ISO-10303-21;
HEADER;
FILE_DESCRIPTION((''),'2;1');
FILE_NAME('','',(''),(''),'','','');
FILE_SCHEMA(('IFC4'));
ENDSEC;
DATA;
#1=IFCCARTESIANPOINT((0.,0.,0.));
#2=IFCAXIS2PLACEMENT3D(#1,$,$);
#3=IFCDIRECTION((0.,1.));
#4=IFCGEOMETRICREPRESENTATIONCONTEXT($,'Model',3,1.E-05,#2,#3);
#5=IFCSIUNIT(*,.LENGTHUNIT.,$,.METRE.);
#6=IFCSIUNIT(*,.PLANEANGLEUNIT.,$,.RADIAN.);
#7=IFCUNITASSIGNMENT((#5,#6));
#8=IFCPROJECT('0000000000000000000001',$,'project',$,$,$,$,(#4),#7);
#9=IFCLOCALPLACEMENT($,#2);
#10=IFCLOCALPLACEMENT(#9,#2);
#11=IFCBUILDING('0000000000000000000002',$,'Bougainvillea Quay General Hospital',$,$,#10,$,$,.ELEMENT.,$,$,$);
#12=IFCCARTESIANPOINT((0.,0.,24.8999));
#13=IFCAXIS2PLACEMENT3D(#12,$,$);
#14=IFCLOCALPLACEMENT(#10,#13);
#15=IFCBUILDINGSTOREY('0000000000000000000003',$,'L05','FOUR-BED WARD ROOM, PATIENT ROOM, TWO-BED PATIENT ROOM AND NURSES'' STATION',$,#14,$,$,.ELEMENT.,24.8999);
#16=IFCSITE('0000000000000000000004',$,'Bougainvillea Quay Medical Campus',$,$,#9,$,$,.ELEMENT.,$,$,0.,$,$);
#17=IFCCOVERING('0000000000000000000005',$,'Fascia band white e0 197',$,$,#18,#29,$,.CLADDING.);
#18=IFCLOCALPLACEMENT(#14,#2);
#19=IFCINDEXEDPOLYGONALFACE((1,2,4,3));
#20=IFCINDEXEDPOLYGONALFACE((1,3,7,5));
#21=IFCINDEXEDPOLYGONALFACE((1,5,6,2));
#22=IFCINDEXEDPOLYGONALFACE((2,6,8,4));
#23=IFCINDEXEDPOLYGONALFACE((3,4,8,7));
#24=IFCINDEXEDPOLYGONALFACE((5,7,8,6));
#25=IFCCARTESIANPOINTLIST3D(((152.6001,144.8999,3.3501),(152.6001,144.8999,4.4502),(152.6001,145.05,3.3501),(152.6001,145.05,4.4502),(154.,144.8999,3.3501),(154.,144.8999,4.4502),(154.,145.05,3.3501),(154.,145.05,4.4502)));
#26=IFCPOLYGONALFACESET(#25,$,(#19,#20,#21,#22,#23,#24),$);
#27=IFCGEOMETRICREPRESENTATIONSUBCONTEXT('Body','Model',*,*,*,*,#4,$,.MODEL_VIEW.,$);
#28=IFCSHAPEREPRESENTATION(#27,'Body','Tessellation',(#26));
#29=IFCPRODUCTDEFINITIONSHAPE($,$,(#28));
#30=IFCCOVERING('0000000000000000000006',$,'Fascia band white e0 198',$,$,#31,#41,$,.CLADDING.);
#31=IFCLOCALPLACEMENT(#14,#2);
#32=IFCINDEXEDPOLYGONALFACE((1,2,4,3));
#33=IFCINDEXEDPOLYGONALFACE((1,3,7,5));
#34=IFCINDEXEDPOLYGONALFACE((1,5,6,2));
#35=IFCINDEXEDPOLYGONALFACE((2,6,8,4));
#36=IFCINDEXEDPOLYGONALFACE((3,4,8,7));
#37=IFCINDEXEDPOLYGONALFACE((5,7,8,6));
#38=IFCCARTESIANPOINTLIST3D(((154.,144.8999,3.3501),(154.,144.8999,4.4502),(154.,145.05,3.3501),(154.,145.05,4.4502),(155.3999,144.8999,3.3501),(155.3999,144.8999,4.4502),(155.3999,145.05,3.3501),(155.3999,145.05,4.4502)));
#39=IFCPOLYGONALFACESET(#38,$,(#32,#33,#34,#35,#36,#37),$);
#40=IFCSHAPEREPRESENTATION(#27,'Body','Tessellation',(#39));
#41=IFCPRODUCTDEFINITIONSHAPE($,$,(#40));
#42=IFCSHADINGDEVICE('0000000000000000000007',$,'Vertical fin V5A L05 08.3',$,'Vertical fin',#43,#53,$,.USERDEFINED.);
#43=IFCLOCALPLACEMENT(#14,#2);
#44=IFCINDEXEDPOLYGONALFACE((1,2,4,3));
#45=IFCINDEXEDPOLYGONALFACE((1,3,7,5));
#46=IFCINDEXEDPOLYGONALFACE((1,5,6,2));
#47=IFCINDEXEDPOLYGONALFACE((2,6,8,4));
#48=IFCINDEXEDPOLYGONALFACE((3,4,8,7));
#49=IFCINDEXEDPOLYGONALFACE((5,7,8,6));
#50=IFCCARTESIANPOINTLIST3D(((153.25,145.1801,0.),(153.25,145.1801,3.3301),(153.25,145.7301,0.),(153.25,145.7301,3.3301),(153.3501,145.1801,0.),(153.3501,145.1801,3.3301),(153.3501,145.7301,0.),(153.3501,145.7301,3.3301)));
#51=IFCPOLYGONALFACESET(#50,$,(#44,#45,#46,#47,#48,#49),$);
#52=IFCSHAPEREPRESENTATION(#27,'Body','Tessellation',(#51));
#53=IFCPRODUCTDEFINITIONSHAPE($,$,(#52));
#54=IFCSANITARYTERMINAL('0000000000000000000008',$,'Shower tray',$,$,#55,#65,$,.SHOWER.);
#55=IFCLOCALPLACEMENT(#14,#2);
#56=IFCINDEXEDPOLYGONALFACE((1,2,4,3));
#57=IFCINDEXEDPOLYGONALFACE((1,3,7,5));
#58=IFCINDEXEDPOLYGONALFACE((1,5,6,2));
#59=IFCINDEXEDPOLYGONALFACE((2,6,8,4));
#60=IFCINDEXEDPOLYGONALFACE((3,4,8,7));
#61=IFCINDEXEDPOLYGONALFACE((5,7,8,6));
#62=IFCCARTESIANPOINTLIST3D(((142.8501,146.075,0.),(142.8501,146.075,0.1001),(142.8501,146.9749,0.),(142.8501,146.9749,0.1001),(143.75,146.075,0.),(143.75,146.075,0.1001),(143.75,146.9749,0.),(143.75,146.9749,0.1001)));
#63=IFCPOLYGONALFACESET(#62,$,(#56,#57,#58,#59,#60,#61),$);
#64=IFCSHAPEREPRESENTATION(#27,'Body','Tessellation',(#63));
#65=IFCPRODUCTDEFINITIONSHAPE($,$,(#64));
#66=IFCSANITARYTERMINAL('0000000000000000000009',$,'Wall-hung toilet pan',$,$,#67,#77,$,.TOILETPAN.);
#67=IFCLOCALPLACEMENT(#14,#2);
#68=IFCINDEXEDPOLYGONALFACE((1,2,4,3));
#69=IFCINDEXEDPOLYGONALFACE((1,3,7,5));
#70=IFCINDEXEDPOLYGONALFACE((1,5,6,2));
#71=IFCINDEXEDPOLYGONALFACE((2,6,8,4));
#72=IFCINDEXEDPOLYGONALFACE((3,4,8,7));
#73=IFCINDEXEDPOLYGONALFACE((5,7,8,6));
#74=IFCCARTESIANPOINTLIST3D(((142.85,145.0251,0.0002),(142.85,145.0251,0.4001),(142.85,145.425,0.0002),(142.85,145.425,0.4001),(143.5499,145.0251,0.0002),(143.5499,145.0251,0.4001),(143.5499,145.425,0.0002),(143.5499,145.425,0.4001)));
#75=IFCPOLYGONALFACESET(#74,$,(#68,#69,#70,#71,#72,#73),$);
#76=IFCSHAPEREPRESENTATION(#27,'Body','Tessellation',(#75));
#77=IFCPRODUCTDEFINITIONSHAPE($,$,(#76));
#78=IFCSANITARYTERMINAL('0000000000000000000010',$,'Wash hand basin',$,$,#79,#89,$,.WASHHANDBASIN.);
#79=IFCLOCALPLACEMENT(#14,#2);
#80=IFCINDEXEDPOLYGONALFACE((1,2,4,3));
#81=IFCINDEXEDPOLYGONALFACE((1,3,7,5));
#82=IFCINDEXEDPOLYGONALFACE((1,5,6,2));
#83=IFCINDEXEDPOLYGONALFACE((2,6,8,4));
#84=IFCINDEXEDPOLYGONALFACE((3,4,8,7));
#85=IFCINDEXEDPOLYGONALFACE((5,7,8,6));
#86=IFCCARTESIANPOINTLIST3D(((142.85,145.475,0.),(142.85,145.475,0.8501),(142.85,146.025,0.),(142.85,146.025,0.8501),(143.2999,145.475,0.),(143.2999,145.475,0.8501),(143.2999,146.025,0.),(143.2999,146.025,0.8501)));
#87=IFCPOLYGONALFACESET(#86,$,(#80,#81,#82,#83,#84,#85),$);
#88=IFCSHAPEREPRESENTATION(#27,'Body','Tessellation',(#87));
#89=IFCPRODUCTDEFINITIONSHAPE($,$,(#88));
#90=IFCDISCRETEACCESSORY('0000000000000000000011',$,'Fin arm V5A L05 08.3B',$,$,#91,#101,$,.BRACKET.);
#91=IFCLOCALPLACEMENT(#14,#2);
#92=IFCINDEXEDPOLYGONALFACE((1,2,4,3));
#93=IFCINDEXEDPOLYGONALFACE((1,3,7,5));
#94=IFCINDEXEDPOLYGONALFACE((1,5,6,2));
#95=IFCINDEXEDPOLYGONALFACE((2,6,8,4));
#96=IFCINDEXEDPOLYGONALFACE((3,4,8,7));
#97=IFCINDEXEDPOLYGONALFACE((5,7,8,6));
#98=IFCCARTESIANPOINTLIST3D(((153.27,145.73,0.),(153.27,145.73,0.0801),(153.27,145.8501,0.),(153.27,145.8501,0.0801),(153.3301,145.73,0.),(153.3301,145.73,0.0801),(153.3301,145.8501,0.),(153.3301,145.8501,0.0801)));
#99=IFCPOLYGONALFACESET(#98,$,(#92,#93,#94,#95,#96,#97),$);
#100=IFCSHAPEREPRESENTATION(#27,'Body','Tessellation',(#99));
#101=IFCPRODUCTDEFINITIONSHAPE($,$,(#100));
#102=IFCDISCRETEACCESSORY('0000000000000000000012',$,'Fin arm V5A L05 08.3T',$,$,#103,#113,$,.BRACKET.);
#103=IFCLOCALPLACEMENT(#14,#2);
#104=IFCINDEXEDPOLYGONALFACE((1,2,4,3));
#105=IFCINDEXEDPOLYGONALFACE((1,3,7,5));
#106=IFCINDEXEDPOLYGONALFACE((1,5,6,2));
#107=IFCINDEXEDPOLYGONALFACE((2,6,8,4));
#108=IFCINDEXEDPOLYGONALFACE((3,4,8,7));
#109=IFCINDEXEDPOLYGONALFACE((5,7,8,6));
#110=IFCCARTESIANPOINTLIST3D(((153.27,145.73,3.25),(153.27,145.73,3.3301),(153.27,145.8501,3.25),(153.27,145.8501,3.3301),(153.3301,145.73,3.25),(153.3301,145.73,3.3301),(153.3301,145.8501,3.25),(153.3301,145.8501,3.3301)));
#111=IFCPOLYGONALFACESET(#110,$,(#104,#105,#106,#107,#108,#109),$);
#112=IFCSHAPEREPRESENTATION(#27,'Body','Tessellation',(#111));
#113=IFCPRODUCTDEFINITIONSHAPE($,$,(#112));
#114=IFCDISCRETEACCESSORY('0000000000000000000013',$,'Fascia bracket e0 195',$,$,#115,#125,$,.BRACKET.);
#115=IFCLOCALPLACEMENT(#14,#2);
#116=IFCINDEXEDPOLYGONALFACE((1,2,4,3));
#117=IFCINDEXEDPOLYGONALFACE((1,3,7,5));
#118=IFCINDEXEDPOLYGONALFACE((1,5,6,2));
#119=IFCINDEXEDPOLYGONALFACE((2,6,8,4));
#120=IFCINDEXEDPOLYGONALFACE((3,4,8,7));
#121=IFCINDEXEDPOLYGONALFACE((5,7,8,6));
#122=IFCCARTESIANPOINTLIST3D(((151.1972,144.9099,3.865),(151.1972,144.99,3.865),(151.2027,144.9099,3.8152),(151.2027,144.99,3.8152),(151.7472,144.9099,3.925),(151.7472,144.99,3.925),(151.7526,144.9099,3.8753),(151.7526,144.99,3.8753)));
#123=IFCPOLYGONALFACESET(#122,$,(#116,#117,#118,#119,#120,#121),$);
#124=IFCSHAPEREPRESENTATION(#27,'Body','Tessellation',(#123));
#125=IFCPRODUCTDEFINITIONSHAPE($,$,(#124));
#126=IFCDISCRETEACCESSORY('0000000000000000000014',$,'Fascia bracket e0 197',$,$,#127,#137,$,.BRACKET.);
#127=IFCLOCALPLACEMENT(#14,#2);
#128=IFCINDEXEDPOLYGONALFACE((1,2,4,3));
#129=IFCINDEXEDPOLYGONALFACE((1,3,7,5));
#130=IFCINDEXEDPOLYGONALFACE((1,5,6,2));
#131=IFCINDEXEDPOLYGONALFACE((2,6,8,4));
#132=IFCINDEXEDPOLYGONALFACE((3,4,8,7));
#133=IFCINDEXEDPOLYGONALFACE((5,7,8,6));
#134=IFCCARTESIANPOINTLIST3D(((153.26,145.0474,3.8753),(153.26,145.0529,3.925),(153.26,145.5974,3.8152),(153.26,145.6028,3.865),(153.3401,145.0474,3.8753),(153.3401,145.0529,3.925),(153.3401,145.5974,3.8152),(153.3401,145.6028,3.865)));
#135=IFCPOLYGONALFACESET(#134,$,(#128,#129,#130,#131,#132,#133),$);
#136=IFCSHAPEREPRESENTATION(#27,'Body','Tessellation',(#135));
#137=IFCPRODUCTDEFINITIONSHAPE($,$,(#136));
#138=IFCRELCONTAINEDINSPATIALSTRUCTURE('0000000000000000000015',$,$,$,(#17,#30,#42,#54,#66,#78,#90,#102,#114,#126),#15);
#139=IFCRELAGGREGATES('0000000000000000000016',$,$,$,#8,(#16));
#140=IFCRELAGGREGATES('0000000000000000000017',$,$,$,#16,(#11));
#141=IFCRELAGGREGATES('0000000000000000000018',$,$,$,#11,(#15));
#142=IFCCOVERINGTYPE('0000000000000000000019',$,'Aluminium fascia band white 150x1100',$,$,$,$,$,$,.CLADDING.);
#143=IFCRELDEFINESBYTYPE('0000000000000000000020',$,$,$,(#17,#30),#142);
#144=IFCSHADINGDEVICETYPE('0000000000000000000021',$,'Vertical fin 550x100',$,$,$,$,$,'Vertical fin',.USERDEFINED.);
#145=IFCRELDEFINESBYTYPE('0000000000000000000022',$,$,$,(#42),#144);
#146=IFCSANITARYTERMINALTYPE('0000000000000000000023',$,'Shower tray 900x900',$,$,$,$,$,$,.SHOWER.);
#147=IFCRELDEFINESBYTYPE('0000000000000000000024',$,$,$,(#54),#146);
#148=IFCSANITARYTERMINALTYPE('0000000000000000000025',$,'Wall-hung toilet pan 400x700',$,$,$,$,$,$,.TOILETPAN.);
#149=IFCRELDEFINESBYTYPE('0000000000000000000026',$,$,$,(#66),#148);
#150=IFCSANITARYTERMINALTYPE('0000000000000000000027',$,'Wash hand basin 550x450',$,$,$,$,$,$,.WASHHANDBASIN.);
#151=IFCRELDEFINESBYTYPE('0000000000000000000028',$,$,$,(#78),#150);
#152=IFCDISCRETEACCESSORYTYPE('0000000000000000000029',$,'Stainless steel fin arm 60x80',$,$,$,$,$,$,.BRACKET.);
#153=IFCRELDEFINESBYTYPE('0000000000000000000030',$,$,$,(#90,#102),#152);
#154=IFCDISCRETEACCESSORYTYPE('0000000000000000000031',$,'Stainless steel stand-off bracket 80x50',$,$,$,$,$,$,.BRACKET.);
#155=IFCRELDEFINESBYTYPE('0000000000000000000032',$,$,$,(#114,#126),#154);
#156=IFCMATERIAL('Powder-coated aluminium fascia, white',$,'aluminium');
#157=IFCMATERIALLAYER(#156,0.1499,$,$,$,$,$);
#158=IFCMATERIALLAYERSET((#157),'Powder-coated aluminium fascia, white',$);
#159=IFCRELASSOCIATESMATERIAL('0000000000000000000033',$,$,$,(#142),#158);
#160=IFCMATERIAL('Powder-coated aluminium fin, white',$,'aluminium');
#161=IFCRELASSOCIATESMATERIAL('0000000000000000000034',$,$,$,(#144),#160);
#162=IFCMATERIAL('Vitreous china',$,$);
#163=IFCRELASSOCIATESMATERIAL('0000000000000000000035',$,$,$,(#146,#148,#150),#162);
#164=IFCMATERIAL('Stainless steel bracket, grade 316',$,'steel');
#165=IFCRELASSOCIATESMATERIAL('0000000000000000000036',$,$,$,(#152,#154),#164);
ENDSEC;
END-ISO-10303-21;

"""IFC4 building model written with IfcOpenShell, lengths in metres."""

from ifc_helpers import new_model, si_unit, direction, frame, origin, origin_2d, place, context, subcontext, project, spatial, polyline, rectangle, outline, extrude, material, layer, layer_set, material_profile, profile_set, type_object, element, save


model = new_model("IFC4")

# Units and contexts
model_context = context("Model", 3, precision=1e-05, world=origin(), true_north=direction((0.0, 1.0)))
body_context = subcontext(model_context, "Body", "Model", "MODEL_VIEW")
ifc_project = project(units=[si_unit("LENGTHUNIT", "METRE"), si_unit("PLANEANGLEUNIT", "RADIAN")], contexts=[model_context])

# Site, building, storey
site_placement = place(None, origin())
site = spatial("IfcSite", under=ifc_project, at=site_placement, Name="Bougainvillea Quay Medical Campus", CompositionType="ELEMENT", RefElevation=0.0)
building_placement = place(site_placement, origin())
building = spatial("IfcBuilding", under=site, at=building_placement, Name="Bougainvillea Quay General Hospital", CompositionType="ELEMENT")
storey_placement = place(building_placement, frame((0.0, 0.0, 24.8999)))
storey = spatial("IfcBuildingStorey", under=building, at=storey_placement, Name="L05", Description="FOUR-BED WARD ROOM, PATIENT ROOM, TWO-BED PATIENT ROOM AND NURSES' STATION", CompositionType="ELEMENT", Elevation=24.8999)

# Coverings
ifc_material_1 = material(Name="Powder-coated aluminium fascia, white", Category="aluminium")
ifc_layer_1 = layer(ifc_material_1, 0.1499)
ifc_layer_set_1 = layer_set([ifc_layer_1], Name="Powder-coated aluminium fascia, white")
covering_type = type_object("IfcCoveringType", Name="Aluminium fascia band white 150x1100", PredefinedType="CLADDING", material=ifc_layer_set_1)
for number, where, z_axis, x_axis, name in (
    (1, (152.6001, 145.05, 3.3501), (0.0, 0.0, 1.0), (1.0, 0.0, 0.0), "Fascia band white e0 197"),
    (2, (154.0, 145.05, 3.3501), (0.0, 0.0, 1.0), (1.0, 0.0, 0.0), "Fascia band white e0 198"),
):
    element("IfcCovering", number, at=place(storey_placement, frame(where, z_axis=z_axis, x_axis=x_axis)), inside=storey, type_object=covering_type, Name=name, PredefinedType="CLADDING", context=body_context, shape_type="SweptSolid", body=[
        extrude(outline(polyline([(0.0, 0.0), (1.3999, 0.0), (1.3999, -0.1501), (0.0, -0.1501), (0.0, 0.0)])), origin(), (0.0, 0.0, 1.0), 1.1001),
    ])

# Shading device
ifc_material_2 = material(Name="Powder-coated aluminium fin, white", Category="aluminium")
ifc_material_profile_1 = material_profile(ifc_material_2, rectangle(XDim=0.55, YDim=0.1001, at=origin_2d()))
ifc_profile_set_1 = profile_set([ifc_material_profile_1], Name="Powder-coated aluminium fin, white")
shading_device_type = type_object("IfcShadingDeviceType", Name="Vertical fin 550x100", ElementType="Vertical fin", PredefinedType="USERDEFINED", material=ifc_profile_set_1)
shading_device_placement = place(storey_placement, frame((153.3, 145.4551, 0.0), z_axis=(0.0, 0.0, 1.0), x_axis=(0.0, -1.0, 0.0)))
element("IfcShadingDevice", 3, at=shading_device_placement, inside=storey, type_object=shading_device_type, Name="Vertical fin V5A L05 08.3", ObjectType="Vertical fin", PredefinedType="USERDEFINED", context=body_context, shape_type="SweptSolid", body=[
    extrude(rectangle(XDim=0.55, YDim=0.1001, at=origin_2d()), origin(), (0.0, 0.0, 1.0), 3.3301),
])

# Sanitary terminals
ifc_material_3 = material(Name="Vitreous china")
sanitary_terminal_type_1 = type_object("IfcSanitaryTerminalType", Name="Shower tray 900x900", PredefinedType="SHOWER", material=ifc_material_3)
sanitary_terminal_1_placement = place(storey_placement, frame((143.3, 146.5249, 0.0), z_axis=(0.0, 0.0, 1.0), x_axis=(0.0, 1.0, 0.0)))
element("IfcSanitaryTerminal", 4, at=sanitary_terminal_1_placement, inside=storey, type_object=sanitary_terminal_type_1, Name="Shower tray", PredefinedType="SHOWER", context=body_context, shape_type="SweptSolid", body=[
    extrude(rectangle(XDim=0.8999, YDim=0.8999, at=origin_2d()), origin(), (0.0, 0.0, 1.0), 0.1001),
])
sanitary_terminal_type_2 = type_object("IfcSanitaryTerminalType", Name="Wall-hung toilet pan 400x700", PredefinedType="TOILETPAN", material=ifc_material_3)
sanitary_terminal_2_placement = place(storey_placement, frame((143.2, 145.2251, 0.0002), z_axis=(0.0, 0.0, 1.0), x_axis=(0.0, 1.0, 0.0)))
element("IfcSanitaryTerminal", 5, at=sanitary_terminal_2_placement, inside=storey, type_object=sanitary_terminal_type_2, Name="Wall-hung toilet pan", PredefinedType="TOILETPAN", context=body_context, shape_type="SweptSolid", body=[
    extrude(rectangle(XDim=0.3999, YDim=0.7, at=origin_2d()), origin(), (0.0, 0.0, 1.0), 0.3999),
])
sanitary_terminal_type_3 = type_object("IfcSanitaryTerminalType", Name="Wash hand basin 550x450", PredefinedType="WASHHANDBASIN", material=ifc_material_3)
sanitary_terminal_3_placement = place(storey_placement, frame((143.075, 145.75, 0.0), z_axis=(0.0, 0.0, 1.0), x_axis=(0.0, 1.0, 0.0)))
element("IfcSanitaryTerminal", 6, at=sanitary_terminal_3_placement, inside=storey, type_object=sanitary_terminal_type_3, Name="Wash hand basin", PredefinedType="WASHHANDBASIN", context=body_context, shape_type="SweptSolid", body=[
    extrude(rectangle(XDim=0.55, YDim=0.45, at=origin_2d()), origin(), (0.0, 0.0, 1.0), 0.8501),
])

# Discrete accessories
ifc_material_4 = material(Name="Stainless steel bracket, grade 316", Category="steel")
discrete_accessory_type_1 = type_object("IfcDiscreteAccessoryType", Name="Stainless steel fin arm 60x80", PredefinedType="BRACKET", material=ifc_material_4)
for number, where, z_axis, x_axis, name in (
    (7, (153.3, 145.79, 0.0), (0.0, 0.0, 1.0), (0.0, -1.0, 0.0), "Fin arm V5A L05 08.3B"),
    (8, (153.3, 145.79, 3.25), (0.0, 0.0, 1.0), (0.0, -1.0, 0.0), "Fin arm V5A L05 08.3T"),
):
    element("IfcDiscreteAccessory", number, at=place(storey_placement, frame(where, z_axis=z_axis, x_axis=x_axis)), inside=storey, type_object=discrete_accessory_type_1, Name=name, PredefinedType="BRACKET", context=body_context, shape_type="SweptSolid", body=[
        extrude(rectangle(XDim=0.1201, YDim=0.0601, at=origin_2d()), origin(), (0.0, 0.0, 1.0), 0.0801),
    ])
ifc_material_profile_2 = material_profile(ifc_material_4, rectangle(XDim=0.0801, YDim=0.05, at=origin_2d()))
ifc_profile_set_2 = profile_set([ifc_material_profile_2], Name="Stainless steel bracket, grade 316")
discrete_accessory_type_2 = type_object("IfcDiscreteAccessoryType", Name="Stainless steel stand-off bracket 80x50", PredefinedType="BRACKET", material=ifc_profile_set_2)
for number, where, z_axis, x_axis, name in (
    (9, (151.2, 144.95, 3.8401), (0.994092, 0.0, 0.108543), (0.0, 1.0, 0.0), "Fascia bracket e0 195"),
    (10, (153.3, 145.6001, 3.8401), (0.0, -0.994092, 0.108543), (1.0, 0.0, 0.0), "Fascia bracket e0 197"),
):
    element("IfcDiscreteAccessory", number, at=place(storey_placement, frame(where, z_axis=z_axis, x_axis=x_axis)), inside=storey, type_object=discrete_accessory_type_2, Name=name, PredefinedType="BRACKET", context=body_context, shape_type="SweptSolid", body=[
        extrude(rectangle(XDim=0.0801, YDim=0.05, at=origin_2d()), origin(), (0.0, 0.0, 1.0), 0.5532),
    ])

save(model, "model.ifc")
